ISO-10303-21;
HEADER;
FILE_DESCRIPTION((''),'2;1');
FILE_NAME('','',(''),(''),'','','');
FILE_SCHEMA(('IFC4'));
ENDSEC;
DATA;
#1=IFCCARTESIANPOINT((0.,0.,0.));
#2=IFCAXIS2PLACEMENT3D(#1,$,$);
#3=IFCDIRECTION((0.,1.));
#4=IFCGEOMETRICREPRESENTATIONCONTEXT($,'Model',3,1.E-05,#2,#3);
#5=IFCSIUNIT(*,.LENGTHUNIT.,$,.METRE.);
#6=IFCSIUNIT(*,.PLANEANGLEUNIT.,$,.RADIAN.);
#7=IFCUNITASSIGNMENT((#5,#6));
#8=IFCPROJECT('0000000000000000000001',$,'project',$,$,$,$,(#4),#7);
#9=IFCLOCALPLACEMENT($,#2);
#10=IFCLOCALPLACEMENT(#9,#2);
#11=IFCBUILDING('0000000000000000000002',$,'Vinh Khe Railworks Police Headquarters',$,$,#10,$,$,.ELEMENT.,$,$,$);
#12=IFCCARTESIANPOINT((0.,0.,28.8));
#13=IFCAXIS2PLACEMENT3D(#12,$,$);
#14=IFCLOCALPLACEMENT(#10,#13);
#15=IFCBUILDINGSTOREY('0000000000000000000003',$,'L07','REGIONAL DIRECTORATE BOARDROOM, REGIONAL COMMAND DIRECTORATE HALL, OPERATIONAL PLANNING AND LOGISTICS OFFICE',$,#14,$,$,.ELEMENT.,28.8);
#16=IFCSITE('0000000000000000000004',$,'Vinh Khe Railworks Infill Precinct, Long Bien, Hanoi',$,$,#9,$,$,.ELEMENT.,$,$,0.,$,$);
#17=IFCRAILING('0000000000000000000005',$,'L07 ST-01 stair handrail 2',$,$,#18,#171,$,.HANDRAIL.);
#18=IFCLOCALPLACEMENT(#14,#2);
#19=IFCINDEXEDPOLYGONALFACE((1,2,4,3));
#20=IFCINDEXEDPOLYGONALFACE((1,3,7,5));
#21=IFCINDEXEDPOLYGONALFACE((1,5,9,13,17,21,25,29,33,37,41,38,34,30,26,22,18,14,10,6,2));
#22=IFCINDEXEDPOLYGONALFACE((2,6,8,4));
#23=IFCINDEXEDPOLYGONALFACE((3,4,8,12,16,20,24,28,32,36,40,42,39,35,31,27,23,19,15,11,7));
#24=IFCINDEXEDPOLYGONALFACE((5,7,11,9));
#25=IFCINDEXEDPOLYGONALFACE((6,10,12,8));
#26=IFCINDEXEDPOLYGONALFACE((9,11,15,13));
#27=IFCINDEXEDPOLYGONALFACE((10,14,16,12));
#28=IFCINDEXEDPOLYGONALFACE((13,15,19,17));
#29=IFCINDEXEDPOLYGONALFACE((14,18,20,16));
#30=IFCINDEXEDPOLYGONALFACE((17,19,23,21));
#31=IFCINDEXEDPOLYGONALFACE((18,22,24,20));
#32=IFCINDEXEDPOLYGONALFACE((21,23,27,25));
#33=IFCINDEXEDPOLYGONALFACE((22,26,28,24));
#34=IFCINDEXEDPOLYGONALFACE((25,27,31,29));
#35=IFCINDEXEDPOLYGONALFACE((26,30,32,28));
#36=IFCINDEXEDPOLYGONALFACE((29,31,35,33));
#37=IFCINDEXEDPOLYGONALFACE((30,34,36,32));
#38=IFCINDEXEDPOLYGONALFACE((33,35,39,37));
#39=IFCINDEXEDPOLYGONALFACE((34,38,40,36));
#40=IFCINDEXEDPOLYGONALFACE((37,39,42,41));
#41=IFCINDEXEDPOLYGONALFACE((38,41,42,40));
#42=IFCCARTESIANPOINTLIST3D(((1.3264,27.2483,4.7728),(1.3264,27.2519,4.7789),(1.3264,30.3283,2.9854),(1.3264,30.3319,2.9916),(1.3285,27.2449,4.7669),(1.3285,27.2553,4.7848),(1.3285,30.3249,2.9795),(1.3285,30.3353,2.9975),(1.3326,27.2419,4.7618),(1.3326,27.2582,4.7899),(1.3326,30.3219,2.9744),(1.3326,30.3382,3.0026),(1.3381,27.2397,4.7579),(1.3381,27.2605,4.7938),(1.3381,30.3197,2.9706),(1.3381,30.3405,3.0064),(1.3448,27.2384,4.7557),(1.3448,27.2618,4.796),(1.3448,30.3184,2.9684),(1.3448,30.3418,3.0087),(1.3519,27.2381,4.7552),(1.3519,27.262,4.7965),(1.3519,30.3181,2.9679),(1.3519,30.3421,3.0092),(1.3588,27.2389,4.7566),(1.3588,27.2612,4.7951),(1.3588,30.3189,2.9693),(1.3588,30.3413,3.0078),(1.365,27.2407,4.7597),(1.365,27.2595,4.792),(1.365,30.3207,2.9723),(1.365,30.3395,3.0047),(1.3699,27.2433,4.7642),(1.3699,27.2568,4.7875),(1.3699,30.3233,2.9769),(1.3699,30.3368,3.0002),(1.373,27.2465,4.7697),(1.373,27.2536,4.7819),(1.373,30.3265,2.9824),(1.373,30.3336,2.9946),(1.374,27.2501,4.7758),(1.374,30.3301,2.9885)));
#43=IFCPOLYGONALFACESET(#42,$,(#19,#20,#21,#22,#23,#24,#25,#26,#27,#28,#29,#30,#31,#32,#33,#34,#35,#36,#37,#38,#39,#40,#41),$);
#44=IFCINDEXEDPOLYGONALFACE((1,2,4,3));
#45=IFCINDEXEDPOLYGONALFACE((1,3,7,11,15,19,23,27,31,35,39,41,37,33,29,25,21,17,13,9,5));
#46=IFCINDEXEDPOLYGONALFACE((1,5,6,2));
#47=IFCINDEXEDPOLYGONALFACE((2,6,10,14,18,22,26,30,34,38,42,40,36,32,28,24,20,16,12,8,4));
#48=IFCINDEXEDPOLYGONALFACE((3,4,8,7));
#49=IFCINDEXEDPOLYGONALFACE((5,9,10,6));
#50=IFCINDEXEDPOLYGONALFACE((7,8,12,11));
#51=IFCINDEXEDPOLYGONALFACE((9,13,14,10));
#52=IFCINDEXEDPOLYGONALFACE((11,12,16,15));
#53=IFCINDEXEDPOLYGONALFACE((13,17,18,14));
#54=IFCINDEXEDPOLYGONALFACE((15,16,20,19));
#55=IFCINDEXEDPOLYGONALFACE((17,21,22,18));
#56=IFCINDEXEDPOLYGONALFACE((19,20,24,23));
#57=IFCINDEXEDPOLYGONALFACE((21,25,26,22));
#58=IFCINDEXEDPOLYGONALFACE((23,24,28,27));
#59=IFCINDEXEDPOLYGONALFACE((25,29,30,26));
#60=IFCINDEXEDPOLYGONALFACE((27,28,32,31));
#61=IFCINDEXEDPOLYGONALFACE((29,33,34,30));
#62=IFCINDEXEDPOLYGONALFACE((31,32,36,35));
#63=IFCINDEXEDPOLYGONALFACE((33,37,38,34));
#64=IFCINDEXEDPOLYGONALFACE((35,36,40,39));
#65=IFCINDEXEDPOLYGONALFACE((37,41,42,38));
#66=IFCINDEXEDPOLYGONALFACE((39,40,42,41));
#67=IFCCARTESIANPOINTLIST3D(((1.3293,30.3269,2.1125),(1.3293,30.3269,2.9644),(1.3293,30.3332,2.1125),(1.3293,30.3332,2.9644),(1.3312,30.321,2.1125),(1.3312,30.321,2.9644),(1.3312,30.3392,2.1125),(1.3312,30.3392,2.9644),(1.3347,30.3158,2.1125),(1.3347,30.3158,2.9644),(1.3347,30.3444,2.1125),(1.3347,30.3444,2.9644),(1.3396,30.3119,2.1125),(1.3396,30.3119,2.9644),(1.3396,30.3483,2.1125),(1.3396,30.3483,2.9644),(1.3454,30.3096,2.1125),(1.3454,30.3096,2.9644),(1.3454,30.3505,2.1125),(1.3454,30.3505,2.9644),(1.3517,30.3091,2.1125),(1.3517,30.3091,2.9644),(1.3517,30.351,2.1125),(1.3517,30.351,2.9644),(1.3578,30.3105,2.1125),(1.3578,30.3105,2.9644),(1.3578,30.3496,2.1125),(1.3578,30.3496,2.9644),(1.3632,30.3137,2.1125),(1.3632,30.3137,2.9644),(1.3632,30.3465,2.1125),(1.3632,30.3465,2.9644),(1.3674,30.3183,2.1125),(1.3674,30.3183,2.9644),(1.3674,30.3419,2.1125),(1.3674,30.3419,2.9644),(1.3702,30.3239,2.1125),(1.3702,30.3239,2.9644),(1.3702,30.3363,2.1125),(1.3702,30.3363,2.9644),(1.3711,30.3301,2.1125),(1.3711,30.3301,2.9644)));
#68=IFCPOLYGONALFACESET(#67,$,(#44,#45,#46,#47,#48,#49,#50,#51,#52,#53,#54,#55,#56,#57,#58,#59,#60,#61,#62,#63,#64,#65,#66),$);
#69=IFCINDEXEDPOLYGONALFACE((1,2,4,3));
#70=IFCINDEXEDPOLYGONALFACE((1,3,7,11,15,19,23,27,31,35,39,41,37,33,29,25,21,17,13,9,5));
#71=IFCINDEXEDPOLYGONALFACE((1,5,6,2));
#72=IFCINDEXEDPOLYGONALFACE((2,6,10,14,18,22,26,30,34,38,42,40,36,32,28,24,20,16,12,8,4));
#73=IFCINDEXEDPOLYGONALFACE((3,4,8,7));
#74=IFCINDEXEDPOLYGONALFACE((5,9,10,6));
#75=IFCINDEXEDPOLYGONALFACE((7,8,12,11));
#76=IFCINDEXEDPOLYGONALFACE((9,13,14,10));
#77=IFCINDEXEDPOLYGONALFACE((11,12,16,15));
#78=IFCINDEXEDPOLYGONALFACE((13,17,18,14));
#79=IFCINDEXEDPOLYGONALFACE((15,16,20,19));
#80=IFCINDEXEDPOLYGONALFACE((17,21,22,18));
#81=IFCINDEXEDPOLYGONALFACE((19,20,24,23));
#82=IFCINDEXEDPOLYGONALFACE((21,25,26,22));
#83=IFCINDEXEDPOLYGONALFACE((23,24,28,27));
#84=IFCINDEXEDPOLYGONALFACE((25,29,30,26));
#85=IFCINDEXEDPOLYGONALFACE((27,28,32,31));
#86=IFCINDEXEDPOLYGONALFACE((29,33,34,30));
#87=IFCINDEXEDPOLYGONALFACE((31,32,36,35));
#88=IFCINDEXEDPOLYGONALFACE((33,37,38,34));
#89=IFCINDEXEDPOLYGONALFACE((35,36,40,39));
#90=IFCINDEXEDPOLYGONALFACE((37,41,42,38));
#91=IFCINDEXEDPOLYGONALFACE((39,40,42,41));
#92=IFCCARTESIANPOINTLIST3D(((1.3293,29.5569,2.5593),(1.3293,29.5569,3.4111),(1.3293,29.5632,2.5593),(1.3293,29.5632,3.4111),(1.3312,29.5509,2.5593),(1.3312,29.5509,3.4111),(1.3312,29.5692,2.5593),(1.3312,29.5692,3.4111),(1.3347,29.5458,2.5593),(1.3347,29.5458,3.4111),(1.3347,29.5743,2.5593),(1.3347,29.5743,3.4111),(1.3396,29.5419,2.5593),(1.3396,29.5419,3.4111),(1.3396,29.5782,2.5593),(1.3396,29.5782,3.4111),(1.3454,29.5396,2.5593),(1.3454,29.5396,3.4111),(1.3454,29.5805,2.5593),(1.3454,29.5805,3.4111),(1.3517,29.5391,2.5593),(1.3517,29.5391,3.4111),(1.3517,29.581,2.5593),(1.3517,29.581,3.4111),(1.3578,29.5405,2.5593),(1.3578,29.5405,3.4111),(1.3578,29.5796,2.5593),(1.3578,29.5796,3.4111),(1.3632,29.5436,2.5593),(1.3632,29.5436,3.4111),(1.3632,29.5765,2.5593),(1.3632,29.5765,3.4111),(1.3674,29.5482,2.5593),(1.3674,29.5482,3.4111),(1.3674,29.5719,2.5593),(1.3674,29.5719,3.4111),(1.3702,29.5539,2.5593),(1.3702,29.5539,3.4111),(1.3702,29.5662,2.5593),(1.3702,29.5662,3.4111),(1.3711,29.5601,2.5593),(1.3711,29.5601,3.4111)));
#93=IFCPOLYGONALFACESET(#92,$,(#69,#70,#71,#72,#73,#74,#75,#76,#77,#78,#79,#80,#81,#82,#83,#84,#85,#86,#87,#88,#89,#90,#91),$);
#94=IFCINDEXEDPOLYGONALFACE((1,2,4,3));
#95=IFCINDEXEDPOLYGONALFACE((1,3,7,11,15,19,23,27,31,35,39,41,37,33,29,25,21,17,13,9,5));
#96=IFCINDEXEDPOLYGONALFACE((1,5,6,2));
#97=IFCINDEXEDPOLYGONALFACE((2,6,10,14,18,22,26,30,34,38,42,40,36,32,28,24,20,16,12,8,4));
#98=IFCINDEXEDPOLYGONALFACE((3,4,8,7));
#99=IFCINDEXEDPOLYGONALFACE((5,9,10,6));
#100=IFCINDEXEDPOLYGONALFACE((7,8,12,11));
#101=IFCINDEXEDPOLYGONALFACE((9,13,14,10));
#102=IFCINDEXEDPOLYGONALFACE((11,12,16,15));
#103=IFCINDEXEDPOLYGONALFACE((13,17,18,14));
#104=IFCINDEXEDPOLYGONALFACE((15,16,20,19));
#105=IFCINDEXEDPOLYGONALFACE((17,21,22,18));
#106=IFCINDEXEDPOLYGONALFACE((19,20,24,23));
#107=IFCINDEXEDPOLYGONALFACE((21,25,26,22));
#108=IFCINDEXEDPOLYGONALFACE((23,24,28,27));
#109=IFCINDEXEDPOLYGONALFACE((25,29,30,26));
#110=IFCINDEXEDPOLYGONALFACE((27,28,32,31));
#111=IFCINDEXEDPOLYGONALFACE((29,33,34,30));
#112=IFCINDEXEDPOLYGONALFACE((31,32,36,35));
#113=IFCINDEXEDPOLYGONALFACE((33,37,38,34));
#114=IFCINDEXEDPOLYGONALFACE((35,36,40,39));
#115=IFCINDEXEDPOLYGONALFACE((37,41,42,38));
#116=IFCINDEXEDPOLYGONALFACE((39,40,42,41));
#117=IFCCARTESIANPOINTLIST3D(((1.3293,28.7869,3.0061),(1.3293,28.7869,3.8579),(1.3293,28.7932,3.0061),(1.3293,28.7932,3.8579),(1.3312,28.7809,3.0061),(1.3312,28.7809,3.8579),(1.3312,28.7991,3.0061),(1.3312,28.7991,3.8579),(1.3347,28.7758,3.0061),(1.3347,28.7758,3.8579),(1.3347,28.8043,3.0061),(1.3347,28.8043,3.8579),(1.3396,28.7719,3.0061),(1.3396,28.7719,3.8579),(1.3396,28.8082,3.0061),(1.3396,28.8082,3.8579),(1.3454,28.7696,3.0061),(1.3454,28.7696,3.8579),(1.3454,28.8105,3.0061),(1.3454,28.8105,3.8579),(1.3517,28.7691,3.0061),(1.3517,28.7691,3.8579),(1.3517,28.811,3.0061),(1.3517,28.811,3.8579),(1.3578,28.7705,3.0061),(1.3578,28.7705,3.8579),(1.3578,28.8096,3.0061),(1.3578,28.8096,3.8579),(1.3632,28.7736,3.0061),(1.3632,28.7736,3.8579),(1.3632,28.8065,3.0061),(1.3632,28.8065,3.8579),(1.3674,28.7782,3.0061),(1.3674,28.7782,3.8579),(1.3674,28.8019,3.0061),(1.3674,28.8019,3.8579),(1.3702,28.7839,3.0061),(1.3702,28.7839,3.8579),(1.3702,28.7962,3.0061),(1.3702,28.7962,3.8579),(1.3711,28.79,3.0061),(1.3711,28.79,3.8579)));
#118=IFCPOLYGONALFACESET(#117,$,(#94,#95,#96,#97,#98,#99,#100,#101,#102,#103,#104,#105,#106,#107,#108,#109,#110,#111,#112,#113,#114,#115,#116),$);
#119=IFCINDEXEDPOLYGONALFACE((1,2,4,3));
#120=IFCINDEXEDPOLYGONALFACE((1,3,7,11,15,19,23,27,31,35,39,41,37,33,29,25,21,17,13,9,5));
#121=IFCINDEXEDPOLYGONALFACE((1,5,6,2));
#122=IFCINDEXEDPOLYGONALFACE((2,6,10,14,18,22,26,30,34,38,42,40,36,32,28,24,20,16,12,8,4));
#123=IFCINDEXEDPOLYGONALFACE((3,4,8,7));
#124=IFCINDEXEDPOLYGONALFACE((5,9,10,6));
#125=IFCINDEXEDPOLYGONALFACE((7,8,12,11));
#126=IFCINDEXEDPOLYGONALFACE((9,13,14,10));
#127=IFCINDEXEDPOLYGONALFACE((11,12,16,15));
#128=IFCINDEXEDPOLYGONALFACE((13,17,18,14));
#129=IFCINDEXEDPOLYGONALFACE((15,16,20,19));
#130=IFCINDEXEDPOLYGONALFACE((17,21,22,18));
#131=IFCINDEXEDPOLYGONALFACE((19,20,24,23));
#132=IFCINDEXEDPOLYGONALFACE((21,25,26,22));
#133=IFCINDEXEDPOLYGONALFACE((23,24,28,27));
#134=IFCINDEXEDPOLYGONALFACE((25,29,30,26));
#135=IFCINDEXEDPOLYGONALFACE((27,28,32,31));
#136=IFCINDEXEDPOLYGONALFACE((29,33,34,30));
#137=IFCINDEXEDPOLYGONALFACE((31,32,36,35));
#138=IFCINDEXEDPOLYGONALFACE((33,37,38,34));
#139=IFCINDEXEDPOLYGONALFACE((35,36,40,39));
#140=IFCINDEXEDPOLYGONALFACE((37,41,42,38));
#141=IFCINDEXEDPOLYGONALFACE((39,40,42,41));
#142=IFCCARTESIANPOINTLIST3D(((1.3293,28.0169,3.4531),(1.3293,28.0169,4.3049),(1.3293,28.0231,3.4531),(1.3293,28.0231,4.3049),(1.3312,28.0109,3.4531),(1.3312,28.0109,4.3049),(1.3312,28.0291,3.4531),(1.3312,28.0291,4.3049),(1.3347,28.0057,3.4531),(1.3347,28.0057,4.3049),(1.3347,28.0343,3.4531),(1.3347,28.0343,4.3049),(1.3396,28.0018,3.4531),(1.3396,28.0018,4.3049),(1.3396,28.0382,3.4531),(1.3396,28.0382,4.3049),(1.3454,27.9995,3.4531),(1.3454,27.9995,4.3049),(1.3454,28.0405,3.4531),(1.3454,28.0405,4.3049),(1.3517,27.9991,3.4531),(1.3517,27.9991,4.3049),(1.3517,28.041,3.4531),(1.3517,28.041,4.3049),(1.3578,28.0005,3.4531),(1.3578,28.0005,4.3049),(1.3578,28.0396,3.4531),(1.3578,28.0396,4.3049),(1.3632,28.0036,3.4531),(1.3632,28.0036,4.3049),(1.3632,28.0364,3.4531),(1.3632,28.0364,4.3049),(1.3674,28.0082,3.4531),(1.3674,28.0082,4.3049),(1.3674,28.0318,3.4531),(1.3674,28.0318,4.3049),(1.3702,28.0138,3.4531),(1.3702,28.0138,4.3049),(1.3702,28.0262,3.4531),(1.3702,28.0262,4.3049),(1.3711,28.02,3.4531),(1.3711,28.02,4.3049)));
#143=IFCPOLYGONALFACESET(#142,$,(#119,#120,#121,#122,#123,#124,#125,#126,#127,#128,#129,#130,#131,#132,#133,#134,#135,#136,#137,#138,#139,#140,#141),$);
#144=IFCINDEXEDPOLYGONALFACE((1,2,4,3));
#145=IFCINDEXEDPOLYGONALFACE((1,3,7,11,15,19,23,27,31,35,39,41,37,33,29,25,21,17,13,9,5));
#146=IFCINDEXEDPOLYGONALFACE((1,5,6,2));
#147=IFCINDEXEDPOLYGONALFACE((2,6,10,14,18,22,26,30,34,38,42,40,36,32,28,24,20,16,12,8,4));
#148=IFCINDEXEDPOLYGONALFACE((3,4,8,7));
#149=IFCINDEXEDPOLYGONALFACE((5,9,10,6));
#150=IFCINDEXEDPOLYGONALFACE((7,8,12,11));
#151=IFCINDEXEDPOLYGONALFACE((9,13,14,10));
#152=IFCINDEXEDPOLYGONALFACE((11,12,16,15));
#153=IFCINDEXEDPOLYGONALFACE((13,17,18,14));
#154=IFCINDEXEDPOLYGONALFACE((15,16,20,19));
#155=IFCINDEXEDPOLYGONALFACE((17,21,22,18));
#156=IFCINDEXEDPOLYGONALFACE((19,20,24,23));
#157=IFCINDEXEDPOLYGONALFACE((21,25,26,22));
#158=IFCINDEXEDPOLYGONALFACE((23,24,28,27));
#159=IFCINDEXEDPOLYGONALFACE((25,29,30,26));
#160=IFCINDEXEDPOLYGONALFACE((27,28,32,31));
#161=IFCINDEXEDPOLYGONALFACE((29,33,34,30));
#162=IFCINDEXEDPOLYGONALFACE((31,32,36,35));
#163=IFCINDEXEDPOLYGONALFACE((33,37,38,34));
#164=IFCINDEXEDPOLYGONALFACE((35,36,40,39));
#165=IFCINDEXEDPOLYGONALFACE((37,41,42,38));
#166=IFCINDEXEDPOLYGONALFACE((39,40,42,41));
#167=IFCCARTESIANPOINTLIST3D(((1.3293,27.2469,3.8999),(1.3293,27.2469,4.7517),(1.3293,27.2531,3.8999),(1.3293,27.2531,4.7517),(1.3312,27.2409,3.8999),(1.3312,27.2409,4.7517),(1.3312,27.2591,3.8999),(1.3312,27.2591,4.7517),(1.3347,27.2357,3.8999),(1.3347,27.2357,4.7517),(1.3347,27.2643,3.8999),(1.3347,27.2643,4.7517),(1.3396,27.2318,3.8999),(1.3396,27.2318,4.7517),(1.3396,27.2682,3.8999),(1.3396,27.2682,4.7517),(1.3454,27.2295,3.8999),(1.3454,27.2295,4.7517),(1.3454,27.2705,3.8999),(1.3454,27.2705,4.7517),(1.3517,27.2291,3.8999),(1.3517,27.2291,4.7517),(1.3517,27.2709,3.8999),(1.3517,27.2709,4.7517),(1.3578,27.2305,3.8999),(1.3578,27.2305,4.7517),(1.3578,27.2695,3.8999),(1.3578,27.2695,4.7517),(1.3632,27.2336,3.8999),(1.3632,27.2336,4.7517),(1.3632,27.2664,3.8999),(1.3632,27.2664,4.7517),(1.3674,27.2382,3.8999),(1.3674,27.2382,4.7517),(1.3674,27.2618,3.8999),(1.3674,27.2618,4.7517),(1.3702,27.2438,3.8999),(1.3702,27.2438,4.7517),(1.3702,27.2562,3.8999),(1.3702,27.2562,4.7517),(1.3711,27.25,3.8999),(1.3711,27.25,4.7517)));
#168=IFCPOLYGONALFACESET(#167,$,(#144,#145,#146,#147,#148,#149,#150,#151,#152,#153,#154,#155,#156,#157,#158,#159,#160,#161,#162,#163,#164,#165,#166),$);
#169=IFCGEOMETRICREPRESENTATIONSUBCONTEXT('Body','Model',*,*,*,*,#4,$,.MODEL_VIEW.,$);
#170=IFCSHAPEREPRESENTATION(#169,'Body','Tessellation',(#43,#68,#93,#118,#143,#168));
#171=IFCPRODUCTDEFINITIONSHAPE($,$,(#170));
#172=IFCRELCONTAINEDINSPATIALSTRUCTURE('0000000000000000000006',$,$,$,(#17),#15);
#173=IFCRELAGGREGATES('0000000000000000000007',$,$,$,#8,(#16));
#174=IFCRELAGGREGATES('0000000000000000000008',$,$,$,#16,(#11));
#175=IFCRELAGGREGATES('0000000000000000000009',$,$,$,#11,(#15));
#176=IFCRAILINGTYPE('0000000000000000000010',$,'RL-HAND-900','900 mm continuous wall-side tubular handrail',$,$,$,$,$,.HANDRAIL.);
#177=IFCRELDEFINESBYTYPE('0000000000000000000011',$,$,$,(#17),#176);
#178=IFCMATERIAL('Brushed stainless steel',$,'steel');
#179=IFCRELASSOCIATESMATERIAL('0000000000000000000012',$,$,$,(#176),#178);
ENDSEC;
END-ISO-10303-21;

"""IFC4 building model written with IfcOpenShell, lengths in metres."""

from ifc_helpers import new_model, si_unit, direction, frame, origin, origin_2d, place, context, subcontext, project, spatial, circle, extrude, material, type_object, element, save


model = new_model("IFC4")

# Units and contexts
model_context = context("Model", 3, precision=1e-05, world=origin(), true_north=direction((0.0, 1.0)))
body_context = subcontext(model_context, "Body", "Model", "MODEL_VIEW")
ifc_project = project(units=[si_unit("LENGTHUNIT", "METRE"), si_unit("PLANEANGLEUNIT", "RADIAN")], contexts=[model_context])

# Site, building, storey
site_placement = place(None, origin())
site = spatial("IfcSite", under=ifc_project, at=site_placement, Name="Vinh Khe Railworks Infill Precinct, Long Bien, Hanoi", CompositionType="ELEMENT", RefElevation=0.0)
building_placement = place(site_placement, origin())
building = spatial("IfcBuilding", under=site, at=building_placement, Name="Vinh Khe Railworks Police Headquarters", CompositionType="ELEMENT")
storey_placement = place(building_placement, frame((0.0, 0.0, 28.8)))
storey = spatial("IfcBuildingStorey", under=building, at=storey_placement, Name="L07", Description="REGIONAL DIRECTORATE BOARDROOM, REGIONAL COMMAND DIRECTORATE HALL, OPERATIONAL PLANNING AND LOGISTICS OFFICE", CompositionType="ELEMENT", Elevation=28.8)

# Railing
ifc_material_1 = material(Name="Brushed stainless steel", Category="steel")
railing_type_1 = type_object("IfcRailingType", Name="RL-HAND-900", Description="900 mm continuous wall-side tubular handrail", PredefinedType="HANDRAIL", material=ifc_material_1)
railing_1_placement = place(storey_placement, frame((1.3501, 30.3301, 2.1125)))
element("IfcRailing", 1, at=railing_1_placement, inside=storey, type_object=railing_type_1, Name="L07 ST-01 stair handrail 2", PredefinedType="HANDRAIL", context=body_context, shape_type="SweptSolid", body=[
    extrude(circle(Radius=0.0239, at=origin_2d()), frame((0.0, 0.0, 0.876), z_axis=(0.0, -0.86492, 0.501909), x_axis=(1.0, 0.0, 0.0)), (0.0, 0.0, 1.0), 3.561),
    extrude(circle(Radius=0.021, at=origin_2d()), origin(), (0.0, 0.0, 1.0), 0.8518),
    extrude(circle(Radius=0.021, at=origin_2d()), frame((0.0, -0.77, 0.4468)), (0.0, 0.0, 1.0), 0.8518),
    extrude(circle(Radius=0.021, at=origin_2d()), frame((0.0, -1.54, 0.8936)), (0.0, 0.0, 1.0), 0.8518),
    extrude(circle(Radius=0.021, at=origin_2d()), frame((0.0, -2.3101, 1.3406)), (0.0, 0.0, 1.0), 0.8518),
    extrude(circle(Radius=0.021, at=origin_2d()), frame((0.0, -3.0801, 1.7874)), (0.0, 0.0, 1.0), 0.8518),
])

save(model, "model.ifc")
